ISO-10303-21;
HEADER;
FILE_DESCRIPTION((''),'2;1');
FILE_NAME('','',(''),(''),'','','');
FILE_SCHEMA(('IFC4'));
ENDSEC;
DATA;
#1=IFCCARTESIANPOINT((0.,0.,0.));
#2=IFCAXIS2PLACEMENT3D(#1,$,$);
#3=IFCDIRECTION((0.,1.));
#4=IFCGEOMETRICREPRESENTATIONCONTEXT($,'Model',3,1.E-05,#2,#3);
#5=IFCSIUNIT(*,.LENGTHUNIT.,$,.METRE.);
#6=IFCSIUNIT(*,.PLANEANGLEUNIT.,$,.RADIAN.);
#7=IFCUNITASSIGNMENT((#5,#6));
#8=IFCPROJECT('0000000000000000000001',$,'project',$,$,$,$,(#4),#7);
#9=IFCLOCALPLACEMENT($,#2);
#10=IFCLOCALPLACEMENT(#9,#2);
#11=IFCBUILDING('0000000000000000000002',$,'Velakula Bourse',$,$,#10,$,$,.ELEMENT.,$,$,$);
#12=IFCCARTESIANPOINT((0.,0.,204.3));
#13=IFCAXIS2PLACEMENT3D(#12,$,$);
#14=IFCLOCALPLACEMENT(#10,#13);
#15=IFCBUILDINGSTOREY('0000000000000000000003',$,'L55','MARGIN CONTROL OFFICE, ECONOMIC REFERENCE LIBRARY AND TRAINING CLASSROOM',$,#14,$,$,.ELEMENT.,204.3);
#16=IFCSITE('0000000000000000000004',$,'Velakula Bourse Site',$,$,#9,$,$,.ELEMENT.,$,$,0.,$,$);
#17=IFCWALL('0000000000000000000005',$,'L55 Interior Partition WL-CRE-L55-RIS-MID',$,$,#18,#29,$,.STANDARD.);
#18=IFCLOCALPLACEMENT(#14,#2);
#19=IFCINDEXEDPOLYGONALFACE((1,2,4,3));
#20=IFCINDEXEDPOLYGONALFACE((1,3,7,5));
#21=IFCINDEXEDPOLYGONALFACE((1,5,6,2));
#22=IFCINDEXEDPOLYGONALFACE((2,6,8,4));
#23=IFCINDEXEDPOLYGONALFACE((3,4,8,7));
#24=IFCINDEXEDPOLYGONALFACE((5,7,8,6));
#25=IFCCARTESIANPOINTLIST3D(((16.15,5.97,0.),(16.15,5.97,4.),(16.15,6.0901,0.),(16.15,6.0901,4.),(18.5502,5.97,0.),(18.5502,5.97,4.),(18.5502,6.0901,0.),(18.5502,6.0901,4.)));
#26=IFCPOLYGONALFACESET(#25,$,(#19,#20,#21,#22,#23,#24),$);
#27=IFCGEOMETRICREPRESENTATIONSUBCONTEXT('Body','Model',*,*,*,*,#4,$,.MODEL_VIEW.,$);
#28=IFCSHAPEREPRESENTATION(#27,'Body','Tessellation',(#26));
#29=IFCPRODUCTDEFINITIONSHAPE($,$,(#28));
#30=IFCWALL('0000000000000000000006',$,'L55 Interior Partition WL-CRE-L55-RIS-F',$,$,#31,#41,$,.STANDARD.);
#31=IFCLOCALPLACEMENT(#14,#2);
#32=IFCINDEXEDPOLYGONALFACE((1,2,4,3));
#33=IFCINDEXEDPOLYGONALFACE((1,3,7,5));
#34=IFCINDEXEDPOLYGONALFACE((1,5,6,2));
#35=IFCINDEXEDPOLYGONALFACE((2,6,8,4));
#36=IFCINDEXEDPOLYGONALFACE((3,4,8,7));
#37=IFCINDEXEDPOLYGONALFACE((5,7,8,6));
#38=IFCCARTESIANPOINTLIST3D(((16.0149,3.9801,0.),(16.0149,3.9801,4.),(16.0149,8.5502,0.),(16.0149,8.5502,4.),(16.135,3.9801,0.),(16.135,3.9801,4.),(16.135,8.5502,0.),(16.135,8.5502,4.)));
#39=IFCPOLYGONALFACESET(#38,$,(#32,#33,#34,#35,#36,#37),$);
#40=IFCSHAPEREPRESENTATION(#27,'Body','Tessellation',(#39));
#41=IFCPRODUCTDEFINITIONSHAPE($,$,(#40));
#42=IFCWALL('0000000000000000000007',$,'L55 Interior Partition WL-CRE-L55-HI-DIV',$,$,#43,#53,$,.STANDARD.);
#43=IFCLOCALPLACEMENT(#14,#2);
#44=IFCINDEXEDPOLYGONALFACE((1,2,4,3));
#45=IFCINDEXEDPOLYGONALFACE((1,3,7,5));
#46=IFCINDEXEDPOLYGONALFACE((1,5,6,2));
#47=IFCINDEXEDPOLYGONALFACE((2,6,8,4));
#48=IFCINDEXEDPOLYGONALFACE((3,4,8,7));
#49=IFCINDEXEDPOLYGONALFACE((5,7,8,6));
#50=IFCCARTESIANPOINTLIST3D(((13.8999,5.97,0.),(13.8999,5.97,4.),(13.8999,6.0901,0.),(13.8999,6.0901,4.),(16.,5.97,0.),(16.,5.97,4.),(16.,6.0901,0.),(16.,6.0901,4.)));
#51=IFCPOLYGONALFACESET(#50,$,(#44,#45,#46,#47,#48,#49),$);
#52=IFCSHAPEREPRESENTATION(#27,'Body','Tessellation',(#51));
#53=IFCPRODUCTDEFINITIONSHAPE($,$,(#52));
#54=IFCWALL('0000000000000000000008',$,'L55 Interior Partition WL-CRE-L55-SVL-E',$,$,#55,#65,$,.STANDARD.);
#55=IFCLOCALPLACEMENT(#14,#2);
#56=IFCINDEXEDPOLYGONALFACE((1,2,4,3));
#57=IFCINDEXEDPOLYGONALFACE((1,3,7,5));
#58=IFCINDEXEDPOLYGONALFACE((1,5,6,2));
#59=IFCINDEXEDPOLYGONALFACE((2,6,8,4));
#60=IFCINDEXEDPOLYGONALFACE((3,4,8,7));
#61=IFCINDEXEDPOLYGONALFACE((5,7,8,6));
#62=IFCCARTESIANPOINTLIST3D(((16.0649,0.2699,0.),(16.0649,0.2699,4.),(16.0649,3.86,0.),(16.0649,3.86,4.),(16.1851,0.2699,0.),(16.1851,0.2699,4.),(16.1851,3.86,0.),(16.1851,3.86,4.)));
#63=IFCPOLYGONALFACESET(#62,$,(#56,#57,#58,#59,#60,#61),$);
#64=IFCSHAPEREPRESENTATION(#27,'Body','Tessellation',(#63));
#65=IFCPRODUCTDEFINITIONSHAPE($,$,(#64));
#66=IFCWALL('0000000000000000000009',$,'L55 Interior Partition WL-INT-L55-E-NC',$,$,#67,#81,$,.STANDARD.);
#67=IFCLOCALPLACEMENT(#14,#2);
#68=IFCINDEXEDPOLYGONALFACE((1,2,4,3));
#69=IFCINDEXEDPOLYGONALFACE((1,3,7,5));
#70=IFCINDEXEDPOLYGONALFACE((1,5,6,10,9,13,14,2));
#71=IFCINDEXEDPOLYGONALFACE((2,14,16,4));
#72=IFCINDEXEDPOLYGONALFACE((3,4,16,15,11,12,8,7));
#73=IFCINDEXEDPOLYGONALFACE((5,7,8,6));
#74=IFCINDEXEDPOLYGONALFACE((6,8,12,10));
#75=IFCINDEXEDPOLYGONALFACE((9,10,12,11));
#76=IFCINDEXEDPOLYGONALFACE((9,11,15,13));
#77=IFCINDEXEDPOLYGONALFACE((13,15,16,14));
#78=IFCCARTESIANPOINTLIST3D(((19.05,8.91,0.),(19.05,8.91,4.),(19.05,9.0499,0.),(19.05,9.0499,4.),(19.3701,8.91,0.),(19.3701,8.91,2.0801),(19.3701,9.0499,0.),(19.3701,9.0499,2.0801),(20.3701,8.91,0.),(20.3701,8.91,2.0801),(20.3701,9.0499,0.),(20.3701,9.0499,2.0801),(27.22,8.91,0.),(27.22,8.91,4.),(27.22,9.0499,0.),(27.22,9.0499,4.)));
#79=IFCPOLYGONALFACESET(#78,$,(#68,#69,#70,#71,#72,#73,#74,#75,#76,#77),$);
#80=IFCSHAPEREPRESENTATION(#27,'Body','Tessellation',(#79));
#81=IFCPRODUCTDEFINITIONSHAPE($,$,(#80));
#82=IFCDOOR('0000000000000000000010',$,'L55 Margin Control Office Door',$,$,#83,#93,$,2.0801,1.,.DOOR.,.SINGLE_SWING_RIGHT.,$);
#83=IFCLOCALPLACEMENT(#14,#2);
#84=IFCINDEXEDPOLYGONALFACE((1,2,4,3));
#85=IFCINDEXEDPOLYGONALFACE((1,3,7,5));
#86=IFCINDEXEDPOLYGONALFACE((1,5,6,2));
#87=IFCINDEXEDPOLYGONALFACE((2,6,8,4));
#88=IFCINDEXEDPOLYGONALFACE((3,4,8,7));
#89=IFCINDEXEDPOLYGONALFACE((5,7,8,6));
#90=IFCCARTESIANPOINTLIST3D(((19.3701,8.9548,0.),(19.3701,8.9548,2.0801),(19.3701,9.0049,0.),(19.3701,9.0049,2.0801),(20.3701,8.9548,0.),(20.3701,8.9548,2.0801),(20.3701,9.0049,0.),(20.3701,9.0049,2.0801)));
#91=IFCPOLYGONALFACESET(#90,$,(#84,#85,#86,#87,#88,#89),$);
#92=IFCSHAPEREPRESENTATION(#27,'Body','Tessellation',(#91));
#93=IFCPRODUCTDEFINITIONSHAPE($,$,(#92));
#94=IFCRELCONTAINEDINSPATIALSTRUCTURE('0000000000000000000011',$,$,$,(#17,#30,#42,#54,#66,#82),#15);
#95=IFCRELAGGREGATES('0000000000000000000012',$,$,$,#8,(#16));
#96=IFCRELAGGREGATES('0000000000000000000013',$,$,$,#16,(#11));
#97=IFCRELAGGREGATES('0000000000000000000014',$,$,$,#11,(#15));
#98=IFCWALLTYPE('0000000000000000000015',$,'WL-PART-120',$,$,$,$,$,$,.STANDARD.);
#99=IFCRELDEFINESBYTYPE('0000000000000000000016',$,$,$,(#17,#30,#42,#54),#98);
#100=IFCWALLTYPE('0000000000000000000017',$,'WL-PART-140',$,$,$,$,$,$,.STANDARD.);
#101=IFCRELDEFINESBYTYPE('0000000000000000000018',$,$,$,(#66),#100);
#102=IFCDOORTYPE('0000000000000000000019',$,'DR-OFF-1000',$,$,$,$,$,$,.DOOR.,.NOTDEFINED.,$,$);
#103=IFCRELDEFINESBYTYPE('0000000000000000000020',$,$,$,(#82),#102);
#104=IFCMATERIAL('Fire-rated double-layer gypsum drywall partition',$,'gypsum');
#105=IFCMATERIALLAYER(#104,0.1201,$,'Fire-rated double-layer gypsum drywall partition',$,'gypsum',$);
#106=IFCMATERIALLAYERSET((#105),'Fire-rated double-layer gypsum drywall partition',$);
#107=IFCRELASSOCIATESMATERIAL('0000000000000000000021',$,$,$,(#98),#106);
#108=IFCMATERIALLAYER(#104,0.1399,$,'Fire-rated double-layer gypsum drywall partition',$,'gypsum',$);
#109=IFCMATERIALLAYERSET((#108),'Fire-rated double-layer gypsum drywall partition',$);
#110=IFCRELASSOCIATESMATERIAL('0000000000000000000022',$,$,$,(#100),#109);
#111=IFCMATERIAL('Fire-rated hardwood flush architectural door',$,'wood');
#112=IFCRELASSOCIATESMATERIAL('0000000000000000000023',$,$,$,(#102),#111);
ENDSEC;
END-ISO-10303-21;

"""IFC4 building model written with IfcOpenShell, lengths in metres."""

from ifc_helpers import new_model, si_unit, direction, frame, frame_2d, origin, place, context, subcontext, project, spatial, rectangle, extrude, material, layer, layer_set, type_object, element, fill, save


model = new_model("IFC4")

# Units and contexts
model_context = context("Model", 3, precision=1e-05, world=origin(), true_north=direction((0.0, 1.0)))
body_context = subcontext(model_context, "Body", "Model", "MODEL_VIEW")
ifc_project = project(units=[si_unit("LENGTHUNIT", "METRE"), si_unit("PLANEANGLEUNIT", "RADIAN")], contexts=[model_context])

# Site, building, storey
site_placement = place(None, origin())
site = spatial("IfcSite", under=ifc_project, at=site_placement, Name="Velakula Bourse Site", CompositionType="ELEMENT", RefElevation=0.0)
building_placement = place(site_placement, origin())
building = spatial("IfcBuilding", under=site, at=building_placement, Name="Velakula Bourse", CompositionType="ELEMENT")
storey_placement = place(building_placement, frame((0.0, 0.0, 204.3)))
storey = spatial("IfcBuildingStorey", under=building, at=storey_placement, Name="L55", Description="MARGIN CONTROL OFFICE, ECONOMIC REFERENCE LIBRARY AND TRAINING CLASSROOM", CompositionType="ELEMENT", Elevation=204.3)

# Walls
ifc_material_1 = material(Name="Fire-rated double-layer gypsum drywall partition", Category="gypsum")
ifc_layer_1 = layer(ifc_material_1, 0.1201, Name="Fire-rated double-layer gypsum drywall partition", Category="gypsum")
ifc_layer_set_1 = layer_set([ifc_layer_1], Name="Fire-rated double-layer gypsum drywall partition")
wall_type_1 = type_object("IfcWallType", Name="WL-PART-120", PredefinedType="STANDARD", material=ifc_layer_set_1)
wall_1_placement = place(storey_placement, frame((16.1499, 6.03, 0.0), z_axis=(0.0, 0.0, 1.0), x_axis=(1.0, 0.0, 0.0)))
element("IfcWall", 1, at=wall_1_placement, inside=storey, type_object=wall_type_1, Name="L55 Interior Partition WL-CRE-L55-RIS-MID", PredefinedType="STANDARD", context=body_context, shape_type="SweptSolid", body=[
    extrude(rectangle(XDim=2.4001, YDim=0.1201, at=frame_2d((1.2002, 0.0))), origin(), (0.0, 0.0, 1.0), 4.0),
])
wall_2_placement = place(storey_placement, frame((16.075, 3.98, 0.0), z_axis=(0.0, 0.0, 1.0), x_axis=(0.0, 1.0, 0.0)))
element("IfcWall", 2, at=wall_2_placement, inside=storey, type_object=wall_type_1, Name="L55 Interior Partition WL-CRE-L55-RIS-F", PredefinedType="STANDARD", context=body_context, shape_type="SweptSolid", body=[
    extrude(rectangle(XDim=4.5701, YDim=0.1201, at=frame_2d((2.2852, 0.0))), origin(), (0.0, 0.0, 1.0), 4.0),
])
wall_3_placement = place(storey_placement, frame((13.8999, 6.03, 0.0), z_axis=(0.0, 0.0, 1.0), x_axis=(1.0, 0.0, 0.0)))
element("IfcWall", 3, at=wall_3_placement, inside=storey, type_object=wall_type_1, Name="L55 Interior Partition WL-CRE-L55-HI-DIV", PredefinedType="STANDARD", context=body_context, shape_type="SweptSolid", body=[
    extrude(rectangle(XDim=2.1001, YDim=0.1201, at=frame_2d((1.05, 0.0))), origin(), (0.0, 0.0, 1.0), 4.0),
])
wall_4_placement = place(storey_placement, frame((16.125, 0.27, 0.0), z_axis=(0.0, 0.0, 1.0), x_axis=(0.0, 1.0, 0.0)))
element("IfcWall", 4, at=wall_4_placement, inside=storey, type_object=wall_type_1, Name="L55 Interior Partition WL-CRE-L55-SVL-E", PredefinedType="STANDARD", context=body_context, shape_type="SweptSolid", body=[
    extrude(rectangle(XDim=3.5901, YDim=0.1201, at=frame_2d((1.7949, 0.0))), origin(), (0.0, 0.0, 1.0), 4.0),
])

# Wall, opening, door
ifc_layer_2 = layer(ifc_material_1, 0.1399, Name="Fire-rated double-layer gypsum drywall partition", Category="gypsum")
ifc_layer_set_2 = layer_set([ifc_layer_2], Name="Fire-rated double-layer gypsum drywall partition")
wall_type_2 = type_object("IfcWallType", Name="WL-PART-140", PredefinedType="STANDARD", material=ifc_layer_set_2)
wall_5_placement = place(storey_placement, frame((19.05, 8.98, 0.0), z_axis=(0.0, 0.0, 1.0), x_axis=(1.0, 0.0, 0.0)))
wall_5 = element("IfcWall", 5, at=wall_5_placement, inside=storey, type_object=wall_type_2, Name="L55 Interior Partition WL-INT-L55-E-NC", PredefinedType="STANDARD", context=body_context, shape_type="SweptSolid", body=[
    extrude(rectangle(XDim=8.1699, YDim=0.1399, at=frame_2d((4.085, 0.0))), origin(), (0.0, 0.0, 1.0), 4.0),
])
opening_placement = place(wall_5_placement, frame((0.3201, 0.0, 0.0)))
opening = element("IfcOpeningElement", 6, at=opening_placement, cuts=wall_5, PredefinedType="OPENING", context=body_context, shape_type="SweptSolid", body=[
    extrude(rectangle(XDim=1.0, YDim=2.0801, at=frame_2d((0.5, 1.04))), frame((0.0, 0.0798, 0.0), z_axis=(0.0, -1.0, 0.0), x_axis=(1.0, 0.0, 0.0)), (0.0, 0.0, 1.0), 0.1599),
])
ifc_material_2 = material(Name="Fire-rated hardwood flush architectural door", Category="wood")
door_type = type_object("IfcDoorType", Name="DR-OFF-1000", OperationType="NOTDEFINED", PredefinedType="DOOR", material=ifc_material_2)
door_placement = place(opening_placement, origin())
door = element("IfcDoor", 7, at=door_placement, inside=storey, type_object=door_type, Name="L55 Margin Control Office Door", OperationType="SINGLE_SWING_RIGHT", OverallHeight=2.0801, OverallWidth=1.0, PredefinedType="DOOR", context=body_context, shape_type="SweptSolid", body=[
    extrude(rectangle(XDim=1.0, YDim=2.0801, at=frame_2d((0.5, 1.04))), frame((0.0, 0.0249, 0.0), z_axis=(0.0, -1.0, 0.0), x_axis=(1.0, 0.0, 0.0)), (0.0, 0.0, 1.0), 0.05),
])
fill(opening, door)

save(model, "model.ifc")
